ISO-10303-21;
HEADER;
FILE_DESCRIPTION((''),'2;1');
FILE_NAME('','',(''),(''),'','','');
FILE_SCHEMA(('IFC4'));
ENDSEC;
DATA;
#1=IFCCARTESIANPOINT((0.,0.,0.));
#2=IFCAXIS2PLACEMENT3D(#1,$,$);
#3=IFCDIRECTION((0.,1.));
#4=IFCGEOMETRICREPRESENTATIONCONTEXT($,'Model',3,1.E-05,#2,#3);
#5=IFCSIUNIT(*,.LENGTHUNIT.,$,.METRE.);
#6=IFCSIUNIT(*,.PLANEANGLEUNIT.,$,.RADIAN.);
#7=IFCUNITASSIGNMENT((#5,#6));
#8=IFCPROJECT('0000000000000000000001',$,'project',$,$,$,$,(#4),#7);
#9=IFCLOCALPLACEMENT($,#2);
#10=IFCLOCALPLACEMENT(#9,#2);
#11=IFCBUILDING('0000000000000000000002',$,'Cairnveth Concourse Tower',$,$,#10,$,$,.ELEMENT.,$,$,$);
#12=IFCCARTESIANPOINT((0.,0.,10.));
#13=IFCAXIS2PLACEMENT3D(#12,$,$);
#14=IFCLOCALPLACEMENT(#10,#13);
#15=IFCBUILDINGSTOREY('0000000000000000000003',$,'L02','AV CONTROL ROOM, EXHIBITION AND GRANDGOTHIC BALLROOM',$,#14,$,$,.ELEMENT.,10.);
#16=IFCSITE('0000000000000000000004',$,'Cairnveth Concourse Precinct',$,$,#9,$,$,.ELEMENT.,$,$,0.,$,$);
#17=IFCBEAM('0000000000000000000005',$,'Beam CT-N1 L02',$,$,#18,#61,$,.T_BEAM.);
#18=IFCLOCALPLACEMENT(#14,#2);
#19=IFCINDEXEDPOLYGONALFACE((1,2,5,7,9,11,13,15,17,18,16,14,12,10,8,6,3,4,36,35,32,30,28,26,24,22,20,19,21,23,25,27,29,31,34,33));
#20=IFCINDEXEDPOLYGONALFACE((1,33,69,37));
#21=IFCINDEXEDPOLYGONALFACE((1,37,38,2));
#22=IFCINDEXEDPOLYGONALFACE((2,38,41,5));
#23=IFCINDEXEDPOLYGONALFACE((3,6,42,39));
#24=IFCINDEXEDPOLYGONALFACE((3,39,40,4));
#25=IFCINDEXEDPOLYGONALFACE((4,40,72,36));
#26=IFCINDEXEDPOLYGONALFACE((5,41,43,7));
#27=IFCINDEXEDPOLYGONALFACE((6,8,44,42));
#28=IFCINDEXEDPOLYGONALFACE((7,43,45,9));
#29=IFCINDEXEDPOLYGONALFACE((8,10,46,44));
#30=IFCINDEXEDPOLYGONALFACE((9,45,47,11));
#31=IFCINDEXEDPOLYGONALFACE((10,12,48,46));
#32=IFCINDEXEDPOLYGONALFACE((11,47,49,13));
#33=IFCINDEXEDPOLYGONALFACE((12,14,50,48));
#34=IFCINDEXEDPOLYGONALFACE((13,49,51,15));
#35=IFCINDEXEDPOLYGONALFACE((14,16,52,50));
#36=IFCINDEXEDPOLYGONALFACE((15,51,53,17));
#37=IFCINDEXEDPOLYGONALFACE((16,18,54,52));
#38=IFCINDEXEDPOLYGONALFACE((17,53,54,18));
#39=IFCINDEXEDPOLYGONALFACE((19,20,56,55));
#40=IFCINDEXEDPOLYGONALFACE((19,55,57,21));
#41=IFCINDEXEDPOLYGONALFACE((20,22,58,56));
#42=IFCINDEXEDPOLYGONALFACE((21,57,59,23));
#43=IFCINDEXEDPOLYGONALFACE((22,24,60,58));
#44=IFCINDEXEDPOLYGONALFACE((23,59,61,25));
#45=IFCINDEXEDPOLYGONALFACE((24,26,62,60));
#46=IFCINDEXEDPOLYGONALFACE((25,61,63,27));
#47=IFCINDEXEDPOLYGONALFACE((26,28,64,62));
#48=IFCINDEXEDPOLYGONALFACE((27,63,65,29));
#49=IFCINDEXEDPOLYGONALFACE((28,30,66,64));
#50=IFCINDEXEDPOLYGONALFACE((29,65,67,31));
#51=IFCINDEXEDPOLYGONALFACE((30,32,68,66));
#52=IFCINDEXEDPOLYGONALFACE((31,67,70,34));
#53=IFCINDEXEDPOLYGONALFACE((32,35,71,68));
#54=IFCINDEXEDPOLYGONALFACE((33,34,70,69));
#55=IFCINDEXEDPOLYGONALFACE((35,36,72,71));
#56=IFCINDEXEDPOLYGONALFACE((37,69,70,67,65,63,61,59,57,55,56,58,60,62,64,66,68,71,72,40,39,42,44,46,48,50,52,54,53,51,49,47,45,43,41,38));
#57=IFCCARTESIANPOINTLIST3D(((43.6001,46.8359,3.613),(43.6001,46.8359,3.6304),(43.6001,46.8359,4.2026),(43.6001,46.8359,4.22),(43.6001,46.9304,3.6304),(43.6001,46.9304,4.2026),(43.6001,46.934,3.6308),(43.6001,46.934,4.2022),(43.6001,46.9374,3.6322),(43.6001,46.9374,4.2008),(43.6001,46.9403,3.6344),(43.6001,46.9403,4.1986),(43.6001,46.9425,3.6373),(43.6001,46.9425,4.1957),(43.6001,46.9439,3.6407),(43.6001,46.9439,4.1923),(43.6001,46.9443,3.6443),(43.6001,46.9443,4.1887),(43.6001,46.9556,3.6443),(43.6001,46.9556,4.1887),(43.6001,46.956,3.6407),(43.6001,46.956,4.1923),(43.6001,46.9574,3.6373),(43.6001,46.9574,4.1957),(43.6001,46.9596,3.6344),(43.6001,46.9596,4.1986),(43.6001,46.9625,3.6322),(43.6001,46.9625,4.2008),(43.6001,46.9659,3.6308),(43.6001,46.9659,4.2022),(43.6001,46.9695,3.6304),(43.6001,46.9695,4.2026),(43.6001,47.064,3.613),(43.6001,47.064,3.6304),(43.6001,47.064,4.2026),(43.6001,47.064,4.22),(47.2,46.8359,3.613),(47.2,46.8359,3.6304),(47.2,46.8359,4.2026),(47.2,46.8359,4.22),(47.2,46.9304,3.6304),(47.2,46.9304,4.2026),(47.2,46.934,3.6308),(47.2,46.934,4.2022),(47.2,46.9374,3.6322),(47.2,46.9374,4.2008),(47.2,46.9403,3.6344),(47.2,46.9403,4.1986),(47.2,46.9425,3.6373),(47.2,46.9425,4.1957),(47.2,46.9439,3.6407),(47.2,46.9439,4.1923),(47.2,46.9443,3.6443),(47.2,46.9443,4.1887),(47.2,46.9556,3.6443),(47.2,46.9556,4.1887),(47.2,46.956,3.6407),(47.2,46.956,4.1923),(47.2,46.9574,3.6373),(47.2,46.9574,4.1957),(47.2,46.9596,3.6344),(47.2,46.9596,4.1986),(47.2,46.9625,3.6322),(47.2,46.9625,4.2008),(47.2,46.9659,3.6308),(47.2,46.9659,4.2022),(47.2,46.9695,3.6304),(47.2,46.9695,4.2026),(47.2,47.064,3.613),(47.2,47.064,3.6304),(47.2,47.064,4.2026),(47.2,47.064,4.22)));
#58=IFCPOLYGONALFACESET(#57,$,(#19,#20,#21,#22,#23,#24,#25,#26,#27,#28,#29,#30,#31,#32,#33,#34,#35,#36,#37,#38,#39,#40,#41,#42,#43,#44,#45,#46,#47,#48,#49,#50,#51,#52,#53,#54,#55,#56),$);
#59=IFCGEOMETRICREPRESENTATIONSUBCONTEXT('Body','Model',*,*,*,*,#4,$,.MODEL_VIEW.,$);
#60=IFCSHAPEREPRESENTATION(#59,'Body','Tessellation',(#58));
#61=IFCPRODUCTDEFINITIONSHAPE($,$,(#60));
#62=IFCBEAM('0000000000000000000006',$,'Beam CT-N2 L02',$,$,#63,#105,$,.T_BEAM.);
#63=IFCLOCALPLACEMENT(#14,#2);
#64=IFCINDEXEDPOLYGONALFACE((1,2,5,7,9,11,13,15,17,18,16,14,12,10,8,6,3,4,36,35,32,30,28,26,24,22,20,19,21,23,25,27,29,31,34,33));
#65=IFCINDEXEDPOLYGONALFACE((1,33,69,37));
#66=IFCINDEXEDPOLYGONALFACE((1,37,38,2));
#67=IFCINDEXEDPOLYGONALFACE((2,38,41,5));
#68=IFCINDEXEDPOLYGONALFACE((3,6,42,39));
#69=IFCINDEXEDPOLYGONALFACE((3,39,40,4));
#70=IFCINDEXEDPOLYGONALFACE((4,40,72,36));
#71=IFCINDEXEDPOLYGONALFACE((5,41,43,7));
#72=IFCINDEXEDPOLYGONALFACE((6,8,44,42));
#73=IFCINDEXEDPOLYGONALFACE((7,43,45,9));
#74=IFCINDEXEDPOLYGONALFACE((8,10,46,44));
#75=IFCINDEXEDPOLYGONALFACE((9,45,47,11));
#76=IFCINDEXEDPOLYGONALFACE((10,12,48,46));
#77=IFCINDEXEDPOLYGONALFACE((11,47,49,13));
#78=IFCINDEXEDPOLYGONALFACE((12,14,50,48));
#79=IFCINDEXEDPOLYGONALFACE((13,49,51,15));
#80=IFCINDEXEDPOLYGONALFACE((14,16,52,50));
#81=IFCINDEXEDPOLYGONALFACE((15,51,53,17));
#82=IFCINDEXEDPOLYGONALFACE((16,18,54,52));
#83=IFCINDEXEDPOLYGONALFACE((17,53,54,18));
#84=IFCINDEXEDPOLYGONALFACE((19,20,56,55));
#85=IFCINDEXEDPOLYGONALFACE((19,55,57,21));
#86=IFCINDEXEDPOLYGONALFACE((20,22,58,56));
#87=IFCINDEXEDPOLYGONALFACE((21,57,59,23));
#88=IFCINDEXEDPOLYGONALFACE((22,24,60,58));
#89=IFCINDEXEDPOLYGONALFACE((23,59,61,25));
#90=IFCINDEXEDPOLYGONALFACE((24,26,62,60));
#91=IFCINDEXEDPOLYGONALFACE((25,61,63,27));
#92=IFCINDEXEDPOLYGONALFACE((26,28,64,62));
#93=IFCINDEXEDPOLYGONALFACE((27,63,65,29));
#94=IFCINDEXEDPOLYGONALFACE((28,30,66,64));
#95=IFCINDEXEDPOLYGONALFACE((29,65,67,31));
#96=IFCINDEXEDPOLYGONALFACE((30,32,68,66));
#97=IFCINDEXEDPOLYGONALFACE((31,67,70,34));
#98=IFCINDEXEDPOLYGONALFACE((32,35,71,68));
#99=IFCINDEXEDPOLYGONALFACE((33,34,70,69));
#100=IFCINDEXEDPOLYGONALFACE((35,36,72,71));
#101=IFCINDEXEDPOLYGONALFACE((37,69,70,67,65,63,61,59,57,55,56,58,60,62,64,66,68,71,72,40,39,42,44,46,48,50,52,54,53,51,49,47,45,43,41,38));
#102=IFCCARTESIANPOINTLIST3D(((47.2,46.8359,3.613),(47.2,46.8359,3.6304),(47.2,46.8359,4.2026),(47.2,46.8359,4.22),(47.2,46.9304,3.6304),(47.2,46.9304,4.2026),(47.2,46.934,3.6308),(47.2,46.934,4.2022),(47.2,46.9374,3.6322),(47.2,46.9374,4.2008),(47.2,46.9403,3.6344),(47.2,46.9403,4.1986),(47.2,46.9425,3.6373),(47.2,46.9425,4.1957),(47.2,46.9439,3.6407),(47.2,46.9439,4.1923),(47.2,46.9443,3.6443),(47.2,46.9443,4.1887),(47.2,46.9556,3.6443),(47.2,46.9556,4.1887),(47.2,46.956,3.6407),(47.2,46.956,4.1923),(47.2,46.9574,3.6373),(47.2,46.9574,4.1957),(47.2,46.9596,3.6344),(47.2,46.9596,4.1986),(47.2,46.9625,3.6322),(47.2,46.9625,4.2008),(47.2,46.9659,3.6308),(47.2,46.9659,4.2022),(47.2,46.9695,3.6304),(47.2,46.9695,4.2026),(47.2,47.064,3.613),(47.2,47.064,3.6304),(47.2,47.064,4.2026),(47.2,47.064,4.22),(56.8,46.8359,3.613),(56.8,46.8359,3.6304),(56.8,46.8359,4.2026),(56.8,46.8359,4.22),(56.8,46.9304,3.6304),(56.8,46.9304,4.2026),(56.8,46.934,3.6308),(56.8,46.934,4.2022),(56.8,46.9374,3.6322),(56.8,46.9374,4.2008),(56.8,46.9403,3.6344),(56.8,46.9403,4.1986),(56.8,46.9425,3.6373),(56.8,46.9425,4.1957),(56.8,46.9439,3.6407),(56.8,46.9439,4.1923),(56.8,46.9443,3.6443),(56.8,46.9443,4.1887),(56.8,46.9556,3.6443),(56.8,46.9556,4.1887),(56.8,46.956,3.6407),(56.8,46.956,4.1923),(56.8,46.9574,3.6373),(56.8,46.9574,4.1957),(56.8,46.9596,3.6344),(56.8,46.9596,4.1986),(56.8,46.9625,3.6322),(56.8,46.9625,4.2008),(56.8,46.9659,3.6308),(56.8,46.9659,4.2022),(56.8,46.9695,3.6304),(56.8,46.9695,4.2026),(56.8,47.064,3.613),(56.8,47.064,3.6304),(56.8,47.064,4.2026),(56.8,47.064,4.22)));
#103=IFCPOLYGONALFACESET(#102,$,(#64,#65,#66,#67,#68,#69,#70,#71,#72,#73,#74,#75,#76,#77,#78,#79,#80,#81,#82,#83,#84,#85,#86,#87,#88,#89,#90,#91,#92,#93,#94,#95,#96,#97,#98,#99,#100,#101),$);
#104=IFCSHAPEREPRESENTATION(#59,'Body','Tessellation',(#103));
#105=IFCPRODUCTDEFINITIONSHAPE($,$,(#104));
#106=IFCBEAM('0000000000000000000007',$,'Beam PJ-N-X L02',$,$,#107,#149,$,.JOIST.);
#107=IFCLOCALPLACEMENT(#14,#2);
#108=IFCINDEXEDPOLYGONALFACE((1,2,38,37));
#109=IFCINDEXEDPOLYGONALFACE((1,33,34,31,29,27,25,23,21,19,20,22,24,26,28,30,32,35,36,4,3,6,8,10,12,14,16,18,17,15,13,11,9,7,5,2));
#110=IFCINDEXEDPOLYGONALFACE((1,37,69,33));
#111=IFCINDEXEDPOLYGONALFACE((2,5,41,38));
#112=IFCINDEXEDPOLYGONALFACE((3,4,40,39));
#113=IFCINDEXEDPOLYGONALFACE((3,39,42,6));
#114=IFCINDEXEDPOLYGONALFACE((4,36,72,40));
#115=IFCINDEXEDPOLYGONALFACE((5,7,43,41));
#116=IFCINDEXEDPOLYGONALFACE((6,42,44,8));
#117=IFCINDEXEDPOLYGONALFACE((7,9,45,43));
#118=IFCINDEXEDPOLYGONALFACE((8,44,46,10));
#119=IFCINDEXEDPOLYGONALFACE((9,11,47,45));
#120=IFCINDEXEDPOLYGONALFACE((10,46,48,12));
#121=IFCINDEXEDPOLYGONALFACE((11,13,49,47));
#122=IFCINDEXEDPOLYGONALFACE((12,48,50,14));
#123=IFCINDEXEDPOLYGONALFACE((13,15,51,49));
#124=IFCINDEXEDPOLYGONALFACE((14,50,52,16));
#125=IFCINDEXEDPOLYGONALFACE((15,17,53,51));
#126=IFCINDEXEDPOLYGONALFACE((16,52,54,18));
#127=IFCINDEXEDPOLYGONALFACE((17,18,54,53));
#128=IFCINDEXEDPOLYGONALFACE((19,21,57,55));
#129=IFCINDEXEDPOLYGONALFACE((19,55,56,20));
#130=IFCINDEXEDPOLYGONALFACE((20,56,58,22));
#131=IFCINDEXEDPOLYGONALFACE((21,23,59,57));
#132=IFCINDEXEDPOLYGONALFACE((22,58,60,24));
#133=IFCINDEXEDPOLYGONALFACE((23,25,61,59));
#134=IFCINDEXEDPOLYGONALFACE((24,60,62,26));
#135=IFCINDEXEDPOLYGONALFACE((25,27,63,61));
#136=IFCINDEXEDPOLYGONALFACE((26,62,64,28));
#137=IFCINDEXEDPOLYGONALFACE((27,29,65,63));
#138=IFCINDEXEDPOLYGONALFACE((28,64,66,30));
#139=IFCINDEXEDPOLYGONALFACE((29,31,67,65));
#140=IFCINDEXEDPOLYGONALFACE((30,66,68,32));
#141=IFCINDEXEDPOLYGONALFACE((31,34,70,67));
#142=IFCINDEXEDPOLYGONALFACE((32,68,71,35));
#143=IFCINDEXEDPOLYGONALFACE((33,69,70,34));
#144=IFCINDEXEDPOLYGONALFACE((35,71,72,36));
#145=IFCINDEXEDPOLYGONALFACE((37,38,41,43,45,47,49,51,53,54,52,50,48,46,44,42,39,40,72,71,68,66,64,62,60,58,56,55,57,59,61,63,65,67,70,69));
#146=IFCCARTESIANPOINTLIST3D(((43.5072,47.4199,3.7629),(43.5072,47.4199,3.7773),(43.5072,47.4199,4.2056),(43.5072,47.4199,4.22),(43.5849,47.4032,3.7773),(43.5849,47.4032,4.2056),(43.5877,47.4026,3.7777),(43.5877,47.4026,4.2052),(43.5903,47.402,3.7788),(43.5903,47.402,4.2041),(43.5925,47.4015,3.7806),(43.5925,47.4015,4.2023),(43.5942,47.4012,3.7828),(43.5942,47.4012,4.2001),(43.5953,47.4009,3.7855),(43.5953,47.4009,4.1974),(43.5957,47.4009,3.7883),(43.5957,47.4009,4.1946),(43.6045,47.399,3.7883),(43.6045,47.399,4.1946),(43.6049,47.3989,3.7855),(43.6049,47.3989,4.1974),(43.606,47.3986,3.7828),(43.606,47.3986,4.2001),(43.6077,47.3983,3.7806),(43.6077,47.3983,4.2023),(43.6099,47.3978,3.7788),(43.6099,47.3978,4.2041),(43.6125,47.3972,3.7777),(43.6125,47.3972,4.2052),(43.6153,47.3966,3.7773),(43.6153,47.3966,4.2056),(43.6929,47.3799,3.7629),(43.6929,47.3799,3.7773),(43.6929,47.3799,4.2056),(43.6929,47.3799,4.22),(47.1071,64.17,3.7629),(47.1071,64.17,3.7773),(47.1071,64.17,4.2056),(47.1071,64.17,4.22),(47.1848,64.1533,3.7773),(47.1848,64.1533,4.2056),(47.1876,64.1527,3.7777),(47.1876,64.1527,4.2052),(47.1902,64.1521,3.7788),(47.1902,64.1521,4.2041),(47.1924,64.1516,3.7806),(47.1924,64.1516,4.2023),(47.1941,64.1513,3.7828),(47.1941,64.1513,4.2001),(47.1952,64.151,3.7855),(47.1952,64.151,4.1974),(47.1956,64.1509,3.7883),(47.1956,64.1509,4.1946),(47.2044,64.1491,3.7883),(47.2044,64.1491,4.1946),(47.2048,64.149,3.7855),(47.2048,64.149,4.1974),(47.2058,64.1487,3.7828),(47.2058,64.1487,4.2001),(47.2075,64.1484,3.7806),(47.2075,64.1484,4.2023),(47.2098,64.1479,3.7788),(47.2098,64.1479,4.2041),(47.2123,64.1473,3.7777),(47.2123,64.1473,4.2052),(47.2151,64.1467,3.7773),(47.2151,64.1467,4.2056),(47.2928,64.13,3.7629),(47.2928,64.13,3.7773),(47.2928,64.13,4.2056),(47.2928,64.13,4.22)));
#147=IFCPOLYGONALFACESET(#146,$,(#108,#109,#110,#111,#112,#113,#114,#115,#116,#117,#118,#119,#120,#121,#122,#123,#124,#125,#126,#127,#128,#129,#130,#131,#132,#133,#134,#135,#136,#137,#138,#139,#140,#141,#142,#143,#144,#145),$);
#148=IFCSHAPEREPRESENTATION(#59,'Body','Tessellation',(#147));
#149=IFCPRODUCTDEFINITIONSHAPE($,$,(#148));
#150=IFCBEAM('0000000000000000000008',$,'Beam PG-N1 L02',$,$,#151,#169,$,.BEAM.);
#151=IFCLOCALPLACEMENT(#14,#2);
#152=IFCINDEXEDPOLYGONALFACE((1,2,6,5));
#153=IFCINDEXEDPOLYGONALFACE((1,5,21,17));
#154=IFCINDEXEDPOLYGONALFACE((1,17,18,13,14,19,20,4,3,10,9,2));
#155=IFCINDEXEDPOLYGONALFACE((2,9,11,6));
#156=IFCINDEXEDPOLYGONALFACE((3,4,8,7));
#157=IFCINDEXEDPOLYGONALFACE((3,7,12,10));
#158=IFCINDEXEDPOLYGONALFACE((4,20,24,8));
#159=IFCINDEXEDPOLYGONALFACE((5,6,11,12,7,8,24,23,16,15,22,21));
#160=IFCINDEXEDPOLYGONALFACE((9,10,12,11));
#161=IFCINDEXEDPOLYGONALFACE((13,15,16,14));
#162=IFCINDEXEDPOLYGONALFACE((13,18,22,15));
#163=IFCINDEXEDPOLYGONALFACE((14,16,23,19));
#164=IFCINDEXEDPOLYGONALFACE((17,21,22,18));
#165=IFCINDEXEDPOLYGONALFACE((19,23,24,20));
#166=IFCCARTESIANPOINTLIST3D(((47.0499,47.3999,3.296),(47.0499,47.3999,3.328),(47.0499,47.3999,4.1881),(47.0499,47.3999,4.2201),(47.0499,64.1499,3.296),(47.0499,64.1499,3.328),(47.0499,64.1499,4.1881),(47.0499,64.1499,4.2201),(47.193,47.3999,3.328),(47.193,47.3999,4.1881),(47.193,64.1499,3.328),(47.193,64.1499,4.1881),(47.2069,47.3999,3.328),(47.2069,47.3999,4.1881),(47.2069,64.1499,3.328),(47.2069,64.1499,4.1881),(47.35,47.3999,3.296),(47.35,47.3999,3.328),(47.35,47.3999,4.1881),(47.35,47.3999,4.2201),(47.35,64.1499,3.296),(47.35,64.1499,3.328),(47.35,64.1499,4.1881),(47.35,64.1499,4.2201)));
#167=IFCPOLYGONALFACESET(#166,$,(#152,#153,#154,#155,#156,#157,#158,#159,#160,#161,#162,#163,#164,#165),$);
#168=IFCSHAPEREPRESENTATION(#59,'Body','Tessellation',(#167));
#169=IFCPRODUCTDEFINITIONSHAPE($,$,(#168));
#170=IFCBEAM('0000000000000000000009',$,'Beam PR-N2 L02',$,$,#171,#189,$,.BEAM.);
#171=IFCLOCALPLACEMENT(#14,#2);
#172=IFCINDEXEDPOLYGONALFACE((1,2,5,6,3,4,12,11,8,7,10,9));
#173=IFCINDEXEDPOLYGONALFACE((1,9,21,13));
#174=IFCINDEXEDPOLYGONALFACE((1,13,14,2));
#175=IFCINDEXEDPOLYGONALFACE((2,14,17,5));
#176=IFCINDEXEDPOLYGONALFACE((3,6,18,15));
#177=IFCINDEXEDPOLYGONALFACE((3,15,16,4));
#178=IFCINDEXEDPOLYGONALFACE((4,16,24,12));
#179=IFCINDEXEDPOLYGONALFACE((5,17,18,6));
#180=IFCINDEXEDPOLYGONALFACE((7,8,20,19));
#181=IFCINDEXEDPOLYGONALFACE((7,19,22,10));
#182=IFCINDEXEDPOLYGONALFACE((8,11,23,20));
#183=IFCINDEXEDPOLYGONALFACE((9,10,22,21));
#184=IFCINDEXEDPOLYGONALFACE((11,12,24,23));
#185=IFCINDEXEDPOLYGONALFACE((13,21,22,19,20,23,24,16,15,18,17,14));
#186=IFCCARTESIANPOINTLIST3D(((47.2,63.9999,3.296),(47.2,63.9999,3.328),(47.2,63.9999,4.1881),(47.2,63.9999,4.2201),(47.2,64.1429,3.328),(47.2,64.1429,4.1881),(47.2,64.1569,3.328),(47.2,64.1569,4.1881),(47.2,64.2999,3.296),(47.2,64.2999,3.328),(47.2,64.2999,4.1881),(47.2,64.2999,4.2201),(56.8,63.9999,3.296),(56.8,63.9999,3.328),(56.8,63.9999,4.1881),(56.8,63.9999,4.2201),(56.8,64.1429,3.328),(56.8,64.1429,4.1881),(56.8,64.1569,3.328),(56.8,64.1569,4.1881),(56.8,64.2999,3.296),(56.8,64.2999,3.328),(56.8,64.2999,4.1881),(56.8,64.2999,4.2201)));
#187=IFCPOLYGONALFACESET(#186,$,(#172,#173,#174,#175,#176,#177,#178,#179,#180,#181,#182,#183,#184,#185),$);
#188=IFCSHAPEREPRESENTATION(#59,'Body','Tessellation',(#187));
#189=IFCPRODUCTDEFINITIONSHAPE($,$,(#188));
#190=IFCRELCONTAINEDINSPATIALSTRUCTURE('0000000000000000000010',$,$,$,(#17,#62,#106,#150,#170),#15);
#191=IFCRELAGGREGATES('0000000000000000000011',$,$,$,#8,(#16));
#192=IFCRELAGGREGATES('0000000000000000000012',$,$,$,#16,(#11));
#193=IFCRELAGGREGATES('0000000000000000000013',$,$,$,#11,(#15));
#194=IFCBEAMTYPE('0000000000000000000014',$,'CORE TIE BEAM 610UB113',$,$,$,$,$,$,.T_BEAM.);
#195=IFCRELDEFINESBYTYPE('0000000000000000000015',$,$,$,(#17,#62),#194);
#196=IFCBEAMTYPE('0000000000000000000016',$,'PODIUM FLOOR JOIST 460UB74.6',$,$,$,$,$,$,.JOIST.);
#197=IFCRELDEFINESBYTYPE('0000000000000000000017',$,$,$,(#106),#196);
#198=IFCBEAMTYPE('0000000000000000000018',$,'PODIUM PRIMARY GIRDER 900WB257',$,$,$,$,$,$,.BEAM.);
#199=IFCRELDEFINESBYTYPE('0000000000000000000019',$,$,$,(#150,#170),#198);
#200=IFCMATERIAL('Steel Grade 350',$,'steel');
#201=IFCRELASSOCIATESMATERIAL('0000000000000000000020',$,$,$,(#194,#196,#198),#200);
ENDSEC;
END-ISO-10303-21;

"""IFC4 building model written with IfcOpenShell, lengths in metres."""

from ifc_helpers import new_model, si_unit, direction, frame, origin, origin_2d, place, context, subcontext, project, spatial, i_section, extrude, material, material_profile, profile_set, type_object, element, save


model = new_model("IFC4")

# Units and contexts
model_context = context("Model", 3, precision=1e-05, world=origin(), true_north=direction((0.0, 1.0)))
body_context = subcontext(model_context, "Body", "Model", "MODEL_VIEW")
ifc_project = project(units=[si_unit("LENGTHUNIT", "METRE"), si_unit("PLANEANGLEUNIT", "RADIAN")], contexts=[model_context])

# Site, building, storey
site_placement = place(None, origin())
site = spatial("IfcSite", under=ifc_project, at=site_placement, Name="Cairnveth Concourse Precinct", CompositionType="ELEMENT", RefElevation=0.0)
building_placement = place(site_placement, origin())
building = spatial("IfcBuilding", under=site, at=building_placement, Name="Cairnveth Concourse Tower", CompositionType="ELEMENT")
storey_placement = place(building_placement, frame((0.0, 0.0, 10.0)))
storey = spatial("IfcBuildingStorey", under=building, at=storey_placement, Name="L02", Description="AV CONTROL ROOM, EXHIBITION AND GRANDGOTHIC BALLROOM", CompositionType="ELEMENT", Elevation=10.0)

# Beams
ifc_material_1 = material(Name="Steel Grade 350", Category="steel")
ifc_material_profile_1 = material_profile(ifc_material_1, i_section(OverallWidth=0.228, OverallDepth=0.6069, WebThickness=0.0112, FlangeThickness=0.0173, FilletRadius=0.0139, at=origin_2d()), Name="610UB113")
ifc_profile_set_1 = profile_set([ifc_material_profile_1], Name="Steel Grade 350")
beam_type_1 = type_object("IfcBeamType", Name="CORE TIE BEAM 610UB113", PredefinedType="T_BEAM", material=ifc_profile_set_1)
beam_1_placement = place(storey_placement, frame((43.6001, 46.95, 3.9165), z_axis=(1.0, 0.0, 0.0), x_axis=(0.0, 1.0, 0.0)))
element("IfcBeam", 1, at=beam_1_placement, inside=storey, type_object=beam_type_1, Name="Beam CT-N1 L02", PredefinedType="T_BEAM", context=body_context, shape_type="SweptSolid", body=[
    extrude(i_section(OverallWidth=0.228, OverallDepth=0.6069, WebThickness=0.0112, FlangeThickness=0.0173, FilletRadius=0.0139, at=origin_2d()), origin(), (0.0, 0.0, 1.0), 3.5999),
])
beam_2_placement = place(storey_placement, frame((47.2, 46.95, 3.9165), z_axis=(1.0, 0.0, 0.0), x_axis=(0.0, 1.0, 0.0)))
element("IfcBeam", 2, at=beam_2_placement, inside=storey, type_object=beam_type_1, Name="Beam CT-N2 L02", PredefinedType="T_BEAM", context=body_context, shape_type="SweptSolid", body=[
    extrude(i_section(OverallWidth=0.228, OverallDepth=0.6069, WebThickness=0.0112, FlangeThickness=0.0173, FilletRadius=0.0139, at=origin_2d()), origin(), (0.0, 0.0, 1.0), 9.6001),
])
ifc_material_profile_2 = material_profile(ifc_material_1, i_section(OverallWidth=0.1899, OverallDepth=0.457, WebThickness=0.009, FlangeThickness=0.0144, FilletRadius=0.011, at=origin_2d()), Name="460UB74.6")
ifc_profile_set_2 = profile_set([ifc_material_profile_2], Name="Steel Grade 350")
beam_type_2 = type_object("IfcBeamType", Name="PODIUM FLOOR JOIST 460UB74.6", PredefinedType="JOIST", material=ifc_profile_set_2)
beam_3_placement = place(storey_placement, frame((43.6001, 47.3999, 3.9915), z_axis=(0.210119, 0.977676, 0.0), x_axis=(-0.977676, 0.210119, 0.0)))
element("IfcBeam", 3, at=beam_3_placement, inside=storey, type_object=beam_type_2, Name="Beam PJ-N-X L02", PredefinedType="JOIST", context=body_context, shape_type="SweptSolid", body=[
    extrude(i_section(OverallWidth=0.1899, OverallDepth=0.457, WebThickness=0.009, FlangeThickness=0.0144, FilletRadius=0.011, at=origin_2d()), origin(), (0.0, 0.0, 1.0), 17.1326),
])
ifc_material_profile_3 = material_profile(ifc_material_1, i_section(OverallWidth=0.3, OverallDepth=0.9241, WebThickness=0.0139, FlangeThickness=0.032, at=origin_2d()), Name="900WB257")
ifc_profile_set_3 = profile_set([ifc_material_profile_3], Name="Steel Grade 350")
beam_type_3 = type_object("IfcBeamType", Name="PODIUM PRIMARY GIRDER 900WB257", PredefinedType="BEAM", material=ifc_profile_set_3)
beam_4_placement = place(storey_placement, frame((47.2, 47.3999, 3.7581), z_axis=(0.0, 1.0, 0.0), x_axis=(-1.0, 0.0, 0.0)))
element("IfcBeam", 4, at=beam_4_placement, inside=storey, type_object=beam_type_3, Name="Beam PG-N1 L02", PredefinedType="BEAM", context=body_context, shape_type="SweptSolid", body=[
    extrude(i_section(OverallWidth=0.3, OverallDepth=0.9241, WebThickness=0.0139, FlangeThickness=0.032, at=origin_2d()), origin(), (0.0, 0.0, 1.0), 16.75),
])
beam_5_placement = place(storey_placement, frame((47.2, 64.1499, 3.7581), z_axis=(1.0, 0.0, 0.0), x_axis=(0.0, 1.0, 0.0)))
element("IfcBeam", 5, at=beam_5_placement, inside=storey, type_object=beam_type_3, Name="Beam PR-N2 L02", PredefinedType="BEAM", context=body_context, shape_type="SweptSolid", body=[
    extrude(i_section(OverallWidth=0.3, OverallDepth=0.9241, WebThickness=0.0139, FlangeThickness=0.032, at=origin_2d()), origin(), (0.0, 0.0, 1.0), 9.6001),
])

save(model, "model.ifc")
